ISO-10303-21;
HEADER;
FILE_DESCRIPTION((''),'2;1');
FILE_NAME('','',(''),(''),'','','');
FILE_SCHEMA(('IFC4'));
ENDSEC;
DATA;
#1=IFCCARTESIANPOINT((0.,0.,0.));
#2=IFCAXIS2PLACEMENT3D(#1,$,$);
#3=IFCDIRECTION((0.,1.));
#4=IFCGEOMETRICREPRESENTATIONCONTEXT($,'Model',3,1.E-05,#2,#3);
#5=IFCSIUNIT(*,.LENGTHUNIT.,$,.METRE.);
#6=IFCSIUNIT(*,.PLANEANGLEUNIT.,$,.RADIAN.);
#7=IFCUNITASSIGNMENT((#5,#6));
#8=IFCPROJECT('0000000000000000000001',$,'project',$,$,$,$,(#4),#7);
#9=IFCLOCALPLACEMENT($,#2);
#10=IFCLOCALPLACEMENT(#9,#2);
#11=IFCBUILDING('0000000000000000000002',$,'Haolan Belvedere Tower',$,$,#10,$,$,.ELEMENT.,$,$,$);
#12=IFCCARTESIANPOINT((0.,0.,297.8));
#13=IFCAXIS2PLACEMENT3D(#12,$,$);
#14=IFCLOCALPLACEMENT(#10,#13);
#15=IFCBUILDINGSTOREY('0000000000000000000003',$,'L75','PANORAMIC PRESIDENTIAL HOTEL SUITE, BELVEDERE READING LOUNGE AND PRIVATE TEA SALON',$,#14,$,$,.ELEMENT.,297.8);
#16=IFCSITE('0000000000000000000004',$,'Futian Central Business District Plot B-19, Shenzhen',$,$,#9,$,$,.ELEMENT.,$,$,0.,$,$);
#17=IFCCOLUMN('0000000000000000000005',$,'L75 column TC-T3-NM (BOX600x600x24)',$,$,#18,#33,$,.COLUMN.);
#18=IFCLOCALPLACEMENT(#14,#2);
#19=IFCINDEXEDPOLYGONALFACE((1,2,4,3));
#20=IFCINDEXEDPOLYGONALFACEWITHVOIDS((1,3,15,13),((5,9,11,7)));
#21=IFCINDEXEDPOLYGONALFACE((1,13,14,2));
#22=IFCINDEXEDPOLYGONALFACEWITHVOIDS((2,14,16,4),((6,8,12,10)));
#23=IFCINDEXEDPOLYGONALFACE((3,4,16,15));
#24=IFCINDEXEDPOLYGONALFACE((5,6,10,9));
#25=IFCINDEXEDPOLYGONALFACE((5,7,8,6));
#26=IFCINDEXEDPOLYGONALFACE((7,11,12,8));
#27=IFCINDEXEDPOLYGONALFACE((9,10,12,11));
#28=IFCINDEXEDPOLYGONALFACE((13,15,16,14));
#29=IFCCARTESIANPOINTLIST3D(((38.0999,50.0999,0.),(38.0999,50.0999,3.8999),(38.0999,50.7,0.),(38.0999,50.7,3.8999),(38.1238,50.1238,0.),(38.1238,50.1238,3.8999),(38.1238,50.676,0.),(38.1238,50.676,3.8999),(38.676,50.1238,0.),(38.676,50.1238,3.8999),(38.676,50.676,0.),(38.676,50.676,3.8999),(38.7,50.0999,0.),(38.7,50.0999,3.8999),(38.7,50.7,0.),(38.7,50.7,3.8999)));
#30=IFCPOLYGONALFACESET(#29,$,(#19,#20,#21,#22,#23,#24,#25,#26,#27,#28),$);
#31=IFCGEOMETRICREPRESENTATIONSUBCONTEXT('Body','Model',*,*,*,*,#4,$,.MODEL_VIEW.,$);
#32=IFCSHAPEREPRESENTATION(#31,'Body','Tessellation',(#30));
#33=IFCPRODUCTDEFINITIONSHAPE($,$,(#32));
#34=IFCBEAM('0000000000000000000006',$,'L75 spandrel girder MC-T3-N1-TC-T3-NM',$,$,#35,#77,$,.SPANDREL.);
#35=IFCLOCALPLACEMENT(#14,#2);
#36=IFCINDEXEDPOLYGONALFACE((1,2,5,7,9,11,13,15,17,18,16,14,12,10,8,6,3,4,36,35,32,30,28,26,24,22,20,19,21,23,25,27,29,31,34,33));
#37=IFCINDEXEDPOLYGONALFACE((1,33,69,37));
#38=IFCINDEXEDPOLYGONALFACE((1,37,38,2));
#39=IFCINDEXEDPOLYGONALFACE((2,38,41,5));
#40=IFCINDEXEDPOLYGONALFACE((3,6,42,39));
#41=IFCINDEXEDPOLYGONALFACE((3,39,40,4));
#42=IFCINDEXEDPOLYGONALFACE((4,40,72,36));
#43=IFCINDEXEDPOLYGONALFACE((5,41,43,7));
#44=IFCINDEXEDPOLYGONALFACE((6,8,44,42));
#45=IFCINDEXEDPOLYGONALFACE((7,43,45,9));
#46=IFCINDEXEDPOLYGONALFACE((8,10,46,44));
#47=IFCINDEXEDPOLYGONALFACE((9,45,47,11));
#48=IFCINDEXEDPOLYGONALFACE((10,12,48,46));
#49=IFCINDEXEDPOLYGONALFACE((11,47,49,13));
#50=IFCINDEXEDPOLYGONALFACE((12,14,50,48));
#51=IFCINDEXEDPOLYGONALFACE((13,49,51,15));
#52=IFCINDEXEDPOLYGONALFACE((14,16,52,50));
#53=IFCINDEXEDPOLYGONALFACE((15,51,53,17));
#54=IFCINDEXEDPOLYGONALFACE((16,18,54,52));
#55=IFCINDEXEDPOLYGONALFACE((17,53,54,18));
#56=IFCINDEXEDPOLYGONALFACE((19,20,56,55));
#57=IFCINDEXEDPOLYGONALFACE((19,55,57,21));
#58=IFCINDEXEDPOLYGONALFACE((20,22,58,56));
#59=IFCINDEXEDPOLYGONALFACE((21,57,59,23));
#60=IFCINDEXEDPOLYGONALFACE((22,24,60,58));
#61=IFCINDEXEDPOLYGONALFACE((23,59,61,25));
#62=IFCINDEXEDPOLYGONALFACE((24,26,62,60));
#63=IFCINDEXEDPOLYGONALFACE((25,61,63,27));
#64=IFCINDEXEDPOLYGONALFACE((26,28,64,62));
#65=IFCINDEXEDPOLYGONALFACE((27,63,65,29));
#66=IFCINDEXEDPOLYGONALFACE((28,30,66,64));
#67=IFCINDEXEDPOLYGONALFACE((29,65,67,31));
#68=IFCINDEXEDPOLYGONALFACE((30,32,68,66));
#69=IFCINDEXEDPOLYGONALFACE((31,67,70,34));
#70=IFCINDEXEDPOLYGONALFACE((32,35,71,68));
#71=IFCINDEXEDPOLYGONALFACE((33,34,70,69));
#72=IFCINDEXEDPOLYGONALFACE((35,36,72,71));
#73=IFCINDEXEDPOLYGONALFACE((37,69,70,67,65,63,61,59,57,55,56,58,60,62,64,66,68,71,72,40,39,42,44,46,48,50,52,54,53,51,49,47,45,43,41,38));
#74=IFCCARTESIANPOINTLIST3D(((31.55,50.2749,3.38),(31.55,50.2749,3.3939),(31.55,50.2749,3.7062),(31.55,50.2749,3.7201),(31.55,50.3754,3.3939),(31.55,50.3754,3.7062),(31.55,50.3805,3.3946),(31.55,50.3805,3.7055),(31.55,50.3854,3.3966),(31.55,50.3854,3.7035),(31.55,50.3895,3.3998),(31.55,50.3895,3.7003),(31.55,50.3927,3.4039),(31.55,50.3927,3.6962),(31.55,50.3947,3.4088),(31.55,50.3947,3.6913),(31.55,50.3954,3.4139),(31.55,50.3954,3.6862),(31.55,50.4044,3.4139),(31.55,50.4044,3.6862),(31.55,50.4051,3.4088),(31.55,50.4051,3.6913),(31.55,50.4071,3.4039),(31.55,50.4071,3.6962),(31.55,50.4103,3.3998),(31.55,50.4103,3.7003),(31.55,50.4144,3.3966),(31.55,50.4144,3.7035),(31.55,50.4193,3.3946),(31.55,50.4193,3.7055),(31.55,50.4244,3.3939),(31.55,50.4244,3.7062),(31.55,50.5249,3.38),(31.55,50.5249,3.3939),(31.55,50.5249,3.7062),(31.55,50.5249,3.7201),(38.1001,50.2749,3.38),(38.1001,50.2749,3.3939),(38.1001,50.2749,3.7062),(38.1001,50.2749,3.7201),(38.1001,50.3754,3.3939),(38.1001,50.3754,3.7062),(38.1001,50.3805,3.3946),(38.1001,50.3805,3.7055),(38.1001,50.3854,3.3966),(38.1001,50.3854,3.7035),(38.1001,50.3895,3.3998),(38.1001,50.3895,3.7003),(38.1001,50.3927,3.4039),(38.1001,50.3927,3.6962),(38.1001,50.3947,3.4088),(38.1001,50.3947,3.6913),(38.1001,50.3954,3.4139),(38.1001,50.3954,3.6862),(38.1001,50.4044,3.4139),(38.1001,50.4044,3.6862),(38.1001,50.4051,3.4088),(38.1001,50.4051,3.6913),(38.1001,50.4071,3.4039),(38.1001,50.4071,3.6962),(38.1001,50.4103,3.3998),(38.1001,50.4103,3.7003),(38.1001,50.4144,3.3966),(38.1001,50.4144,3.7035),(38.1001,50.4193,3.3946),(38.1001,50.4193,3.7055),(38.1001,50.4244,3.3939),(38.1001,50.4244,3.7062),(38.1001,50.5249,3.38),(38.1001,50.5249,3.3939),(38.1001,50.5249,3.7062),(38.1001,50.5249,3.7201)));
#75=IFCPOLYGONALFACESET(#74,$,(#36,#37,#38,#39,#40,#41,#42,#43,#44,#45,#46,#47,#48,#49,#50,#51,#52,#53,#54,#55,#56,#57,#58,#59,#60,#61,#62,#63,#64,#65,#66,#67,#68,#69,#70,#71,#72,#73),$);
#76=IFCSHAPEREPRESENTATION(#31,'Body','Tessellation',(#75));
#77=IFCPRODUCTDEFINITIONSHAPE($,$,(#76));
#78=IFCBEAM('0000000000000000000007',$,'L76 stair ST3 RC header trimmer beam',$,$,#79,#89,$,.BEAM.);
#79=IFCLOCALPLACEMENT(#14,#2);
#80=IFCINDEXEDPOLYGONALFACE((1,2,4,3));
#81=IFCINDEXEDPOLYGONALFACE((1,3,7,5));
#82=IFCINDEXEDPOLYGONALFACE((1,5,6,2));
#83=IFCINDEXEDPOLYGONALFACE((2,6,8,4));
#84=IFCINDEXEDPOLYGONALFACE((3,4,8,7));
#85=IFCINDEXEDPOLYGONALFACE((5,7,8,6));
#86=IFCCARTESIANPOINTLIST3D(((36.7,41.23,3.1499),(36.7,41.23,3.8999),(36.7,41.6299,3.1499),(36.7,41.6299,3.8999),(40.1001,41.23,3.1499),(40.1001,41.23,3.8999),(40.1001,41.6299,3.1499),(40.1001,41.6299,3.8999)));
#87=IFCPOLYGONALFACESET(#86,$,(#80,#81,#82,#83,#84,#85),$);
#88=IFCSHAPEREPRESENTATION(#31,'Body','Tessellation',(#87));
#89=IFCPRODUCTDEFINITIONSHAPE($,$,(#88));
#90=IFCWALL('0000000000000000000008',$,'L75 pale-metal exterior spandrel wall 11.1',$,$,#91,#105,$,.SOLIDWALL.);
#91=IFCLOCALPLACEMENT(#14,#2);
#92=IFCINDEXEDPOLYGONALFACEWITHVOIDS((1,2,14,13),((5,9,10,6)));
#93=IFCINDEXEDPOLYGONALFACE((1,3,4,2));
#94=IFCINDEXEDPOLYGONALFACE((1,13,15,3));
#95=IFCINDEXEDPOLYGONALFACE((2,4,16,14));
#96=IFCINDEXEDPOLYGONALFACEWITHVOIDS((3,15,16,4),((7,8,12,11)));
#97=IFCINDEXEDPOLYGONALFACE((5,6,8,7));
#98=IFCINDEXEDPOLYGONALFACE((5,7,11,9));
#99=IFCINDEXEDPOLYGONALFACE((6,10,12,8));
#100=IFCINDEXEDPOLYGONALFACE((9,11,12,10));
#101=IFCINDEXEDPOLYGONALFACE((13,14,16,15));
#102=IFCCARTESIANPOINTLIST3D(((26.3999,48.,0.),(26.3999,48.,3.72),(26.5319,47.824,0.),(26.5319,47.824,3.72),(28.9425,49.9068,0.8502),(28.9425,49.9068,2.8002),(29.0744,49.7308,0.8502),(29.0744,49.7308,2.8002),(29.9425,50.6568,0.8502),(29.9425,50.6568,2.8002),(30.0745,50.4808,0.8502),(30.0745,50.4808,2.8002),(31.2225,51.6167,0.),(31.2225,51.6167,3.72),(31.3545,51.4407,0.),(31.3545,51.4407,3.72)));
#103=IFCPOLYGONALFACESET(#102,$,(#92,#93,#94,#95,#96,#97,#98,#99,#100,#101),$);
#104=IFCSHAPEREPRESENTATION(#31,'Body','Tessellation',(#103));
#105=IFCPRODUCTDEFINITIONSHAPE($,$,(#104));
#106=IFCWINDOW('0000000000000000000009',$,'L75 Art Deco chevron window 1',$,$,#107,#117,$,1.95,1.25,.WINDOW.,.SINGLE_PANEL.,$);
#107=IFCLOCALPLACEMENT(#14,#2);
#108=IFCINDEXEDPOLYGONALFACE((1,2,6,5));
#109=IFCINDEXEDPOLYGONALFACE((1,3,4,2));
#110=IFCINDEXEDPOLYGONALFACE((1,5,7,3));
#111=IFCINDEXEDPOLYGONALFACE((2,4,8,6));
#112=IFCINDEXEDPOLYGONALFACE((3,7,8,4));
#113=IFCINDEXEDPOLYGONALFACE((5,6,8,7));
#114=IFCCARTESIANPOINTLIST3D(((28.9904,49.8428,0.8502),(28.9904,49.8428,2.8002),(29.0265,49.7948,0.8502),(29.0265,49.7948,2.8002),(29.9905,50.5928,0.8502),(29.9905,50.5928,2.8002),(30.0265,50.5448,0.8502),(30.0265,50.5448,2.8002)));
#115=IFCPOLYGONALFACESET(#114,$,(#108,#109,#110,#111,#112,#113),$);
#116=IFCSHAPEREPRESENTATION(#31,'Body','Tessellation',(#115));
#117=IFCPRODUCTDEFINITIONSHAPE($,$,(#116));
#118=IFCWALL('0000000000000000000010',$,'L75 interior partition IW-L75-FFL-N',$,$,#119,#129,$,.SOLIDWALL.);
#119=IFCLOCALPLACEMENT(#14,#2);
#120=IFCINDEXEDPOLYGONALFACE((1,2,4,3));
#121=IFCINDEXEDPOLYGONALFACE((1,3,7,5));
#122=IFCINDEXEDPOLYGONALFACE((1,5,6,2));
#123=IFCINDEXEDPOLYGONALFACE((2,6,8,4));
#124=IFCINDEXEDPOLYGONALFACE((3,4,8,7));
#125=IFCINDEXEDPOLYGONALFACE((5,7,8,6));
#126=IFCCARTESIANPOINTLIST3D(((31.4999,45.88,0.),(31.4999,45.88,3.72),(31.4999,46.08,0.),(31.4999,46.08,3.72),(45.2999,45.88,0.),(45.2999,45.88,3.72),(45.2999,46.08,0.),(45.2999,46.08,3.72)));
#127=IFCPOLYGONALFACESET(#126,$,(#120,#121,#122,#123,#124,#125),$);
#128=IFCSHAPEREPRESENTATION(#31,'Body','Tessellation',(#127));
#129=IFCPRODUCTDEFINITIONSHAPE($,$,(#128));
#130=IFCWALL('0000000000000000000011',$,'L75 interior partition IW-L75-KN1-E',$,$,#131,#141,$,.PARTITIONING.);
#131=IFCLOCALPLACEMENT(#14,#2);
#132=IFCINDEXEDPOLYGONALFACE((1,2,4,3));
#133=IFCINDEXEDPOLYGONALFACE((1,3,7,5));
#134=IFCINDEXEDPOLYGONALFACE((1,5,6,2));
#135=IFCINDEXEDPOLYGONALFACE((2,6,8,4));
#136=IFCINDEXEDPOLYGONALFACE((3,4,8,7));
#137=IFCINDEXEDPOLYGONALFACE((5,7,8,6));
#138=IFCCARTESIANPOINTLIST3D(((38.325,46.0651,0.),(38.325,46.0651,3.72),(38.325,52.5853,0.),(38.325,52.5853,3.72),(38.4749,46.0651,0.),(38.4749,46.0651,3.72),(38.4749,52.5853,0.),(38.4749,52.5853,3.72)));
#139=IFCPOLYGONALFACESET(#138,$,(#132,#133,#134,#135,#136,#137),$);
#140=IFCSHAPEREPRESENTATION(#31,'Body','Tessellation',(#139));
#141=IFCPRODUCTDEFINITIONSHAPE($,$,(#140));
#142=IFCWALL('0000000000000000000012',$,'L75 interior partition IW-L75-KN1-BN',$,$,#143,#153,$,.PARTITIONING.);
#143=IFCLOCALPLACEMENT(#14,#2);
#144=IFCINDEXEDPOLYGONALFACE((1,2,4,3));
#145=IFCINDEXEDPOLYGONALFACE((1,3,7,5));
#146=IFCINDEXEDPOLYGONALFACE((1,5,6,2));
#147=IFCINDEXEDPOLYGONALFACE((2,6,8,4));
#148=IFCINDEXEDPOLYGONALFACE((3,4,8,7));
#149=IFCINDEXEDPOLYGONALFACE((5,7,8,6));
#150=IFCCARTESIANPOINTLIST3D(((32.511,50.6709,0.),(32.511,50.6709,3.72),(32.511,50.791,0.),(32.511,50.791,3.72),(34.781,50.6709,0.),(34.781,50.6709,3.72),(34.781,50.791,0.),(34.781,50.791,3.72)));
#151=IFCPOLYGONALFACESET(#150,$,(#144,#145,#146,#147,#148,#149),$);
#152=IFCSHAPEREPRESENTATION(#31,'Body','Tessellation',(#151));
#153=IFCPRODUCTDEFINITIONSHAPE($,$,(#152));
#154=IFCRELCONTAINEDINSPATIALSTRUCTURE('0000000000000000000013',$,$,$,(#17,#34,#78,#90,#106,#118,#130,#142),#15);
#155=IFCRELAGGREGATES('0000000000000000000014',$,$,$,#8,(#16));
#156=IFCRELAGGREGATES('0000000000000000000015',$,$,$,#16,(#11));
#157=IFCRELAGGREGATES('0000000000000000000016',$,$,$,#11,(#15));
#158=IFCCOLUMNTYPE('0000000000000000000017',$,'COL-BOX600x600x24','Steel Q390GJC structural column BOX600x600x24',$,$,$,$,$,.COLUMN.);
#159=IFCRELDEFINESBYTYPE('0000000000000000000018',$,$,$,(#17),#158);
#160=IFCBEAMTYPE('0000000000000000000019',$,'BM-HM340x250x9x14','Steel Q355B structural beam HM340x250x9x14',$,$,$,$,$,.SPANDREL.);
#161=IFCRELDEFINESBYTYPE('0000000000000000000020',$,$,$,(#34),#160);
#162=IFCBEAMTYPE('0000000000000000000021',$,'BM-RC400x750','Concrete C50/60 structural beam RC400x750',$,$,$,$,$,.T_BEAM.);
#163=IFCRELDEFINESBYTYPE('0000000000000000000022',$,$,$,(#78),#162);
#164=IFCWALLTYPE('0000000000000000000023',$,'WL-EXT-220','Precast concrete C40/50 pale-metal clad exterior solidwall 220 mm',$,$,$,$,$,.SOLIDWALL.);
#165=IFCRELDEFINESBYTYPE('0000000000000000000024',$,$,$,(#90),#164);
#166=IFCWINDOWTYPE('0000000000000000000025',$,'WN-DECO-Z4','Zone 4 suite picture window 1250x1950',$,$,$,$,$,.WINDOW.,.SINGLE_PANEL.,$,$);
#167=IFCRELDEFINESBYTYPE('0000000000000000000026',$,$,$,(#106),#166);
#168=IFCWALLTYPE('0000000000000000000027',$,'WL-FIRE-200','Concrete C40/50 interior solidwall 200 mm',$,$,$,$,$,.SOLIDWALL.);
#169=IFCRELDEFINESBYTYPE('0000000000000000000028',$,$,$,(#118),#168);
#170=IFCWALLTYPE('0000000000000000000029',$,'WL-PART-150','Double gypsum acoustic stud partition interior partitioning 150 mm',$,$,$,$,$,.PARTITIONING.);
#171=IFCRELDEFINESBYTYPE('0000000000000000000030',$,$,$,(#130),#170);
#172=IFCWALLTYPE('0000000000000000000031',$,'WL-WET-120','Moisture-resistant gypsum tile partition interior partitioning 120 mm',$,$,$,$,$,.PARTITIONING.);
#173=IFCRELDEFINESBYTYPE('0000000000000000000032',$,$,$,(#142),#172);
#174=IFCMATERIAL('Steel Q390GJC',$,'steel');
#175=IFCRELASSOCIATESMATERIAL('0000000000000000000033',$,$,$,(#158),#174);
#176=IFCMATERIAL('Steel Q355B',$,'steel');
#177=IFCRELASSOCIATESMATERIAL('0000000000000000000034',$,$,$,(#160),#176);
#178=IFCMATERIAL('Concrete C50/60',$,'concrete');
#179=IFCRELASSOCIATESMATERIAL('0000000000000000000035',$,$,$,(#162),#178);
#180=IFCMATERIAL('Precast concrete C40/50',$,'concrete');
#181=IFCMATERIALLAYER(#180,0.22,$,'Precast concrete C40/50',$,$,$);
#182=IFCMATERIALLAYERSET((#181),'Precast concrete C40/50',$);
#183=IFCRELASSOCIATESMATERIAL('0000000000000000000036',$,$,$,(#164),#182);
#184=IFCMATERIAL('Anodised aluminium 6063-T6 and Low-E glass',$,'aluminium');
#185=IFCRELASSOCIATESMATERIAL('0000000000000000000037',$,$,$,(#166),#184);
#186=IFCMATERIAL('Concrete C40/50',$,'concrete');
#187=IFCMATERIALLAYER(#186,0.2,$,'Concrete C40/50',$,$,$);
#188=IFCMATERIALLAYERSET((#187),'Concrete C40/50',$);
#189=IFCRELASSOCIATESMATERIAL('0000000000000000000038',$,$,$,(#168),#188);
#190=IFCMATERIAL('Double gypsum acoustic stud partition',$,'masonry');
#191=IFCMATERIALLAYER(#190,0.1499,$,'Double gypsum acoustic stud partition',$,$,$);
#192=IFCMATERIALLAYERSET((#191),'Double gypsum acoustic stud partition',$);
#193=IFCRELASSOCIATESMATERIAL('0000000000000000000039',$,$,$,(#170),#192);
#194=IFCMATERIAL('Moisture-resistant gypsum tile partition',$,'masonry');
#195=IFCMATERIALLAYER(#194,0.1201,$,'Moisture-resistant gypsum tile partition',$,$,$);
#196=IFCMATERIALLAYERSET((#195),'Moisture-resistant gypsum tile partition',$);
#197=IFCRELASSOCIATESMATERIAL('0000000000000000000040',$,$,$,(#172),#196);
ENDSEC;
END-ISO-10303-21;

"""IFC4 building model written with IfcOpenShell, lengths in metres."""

from ifc_helpers import new_model, si_unit, direction, frame, frame_2d, origin, origin_2d, place, context, subcontext, project, spatial, rectangle, hollow_rectangle, i_section, extrude, material, layer, layer_set, material_profile, profile_set, type_object, element, fill, save


model = new_model("IFC4")

# Units and contexts
model_context = context("Model", 3, precision=1e-05, world=origin(), true_north=direction((0.0, 1.0)))
body_context = subcontext(model_context, "Body", "Model", "MODEL_VIEW")
ifc_project = project(units=[si_unit("LENGTHUNIT", "METRE"), si_unit("PLANEANGLEUNIT", "RADIAN")], contexts=[model_context])

# Site, building, storey
site_placement = place(None, origin())
site = spatial("IfcSite", under=ifc_project, at=site_placement, Name="Futian Central Business District Plot B-19, Shenzhen", CompositionType="ELEMENT", RefElevation=0.0)
building_placement = place(site_placement, origin())
building = spatial("IfcBuilding", under=site, at=building_placement, Name="Haolan Belvedere Tower", CompositionType="ELEMENT")
storey_placement = place(building_placement, frame((0.0, 0.0, 297.8)))
storey = spatial("IfcBuildingStorey", under=building, at=storey_placement, Name="L75", Description="PANORAMIC PRESIDENTIAL HOTEL SUITE, BELVEDERE READING LOUNGE AND PRIVATE TEA SALON", CompositionType="ELEMENT", Elevation=297.8)

# Column
ifc_material_1 = material(Name="Steel Q390GJC", Category="steel")
ifc_material_profile_1 = material_profile(ifc_material_1, hollow_rectangle(XDim=0.6001, YDim=0.6001, WallThickness=0.0239, at=origin_2d()), Name="Steel Q390GJC")
ifc_profile_set_1 = profile_set([ifc_material_profile_1], Name="Steel Q390GJC")
column_type = type_object("IfcColumnType", Name="COL-BOX600x600x24", Description="Steel Q390GJC structural column BOX600x600x24", PredefinedType="COLUMN", material=ifc_profile_set_1)
column_placement = place(storey_placement, frame((38.3999, 50.3999, 0.0), z_axis=(0.0, 0.0, 1.0), x_axis=(1.0, 0.0, 0.0)))
element("IfcColumn", 1, at=column_placement, inside=storey, type_object=column_type, Name="L75 column TC-T3-NM (BOX600x600x24)", PredefinedType="COLUMN", context=body_context, shape_type="SweptSolid", body=[
    extrude(hollow_rectangle(XDim=0.6001, YDim=0.6001, WallThickness=0.0239, at=origin_2d()), origin(), (0.0, 0.0, 1.0), 3.8999),
])

# Beams
ifc_material_2 = material(Name="Steel Q355B", Category="steel")
ifc_material_profile_2 = material_profile(ifc_material_2, i_section(OverallWidth=0.25, OverallDepth=0.3401, WebThickness=0.009, FlangeThickness=0.0139, FilletRadius=0.02, at=origin_2d()), Name="Steel Q355B")
ifc_profile_set_2 = profile_set([ifc_material_profile_2], Name="Steel Q355B")
beam_type_1 = type_object("IfcBeamType", Name="BM-HM340x250x9x14", Description="Steel Q355B structural beam HM340x250x9x14", PredefinedType="SPANDREL", material=ifc_profile_set_2)
beam_1_placement = place(storey_placement, frame((31.55, 50.3999, 3.55), z_axis=(1.0, 0.0, 0.0), x_axis=(0.0, 1.0, 0.0)))
element("IfcBeam", 2, at=beam_1_placement, inside=storey, type_object=beam_type_1, Name="L75 spandrel girder MC-T3-N1-TC-T3-NM", PredefinedType="SPANDREL", context=body_context, shape_type="SweptSolid", body=[
    extrude(i_section(OverallWidth=0.25, OverallDepth=0.3401, WebThickness=0.009, FlangeThickness=0.0139, FilletRadius=0.02, at=origin_2d()), origin(), (0.0, 0.0, 1.0), 6.55),
])
ifc_material_3 = material(Name="Concrete C50/60", Category="concrete")
ifc_material_profile_3 = material_profile(ifc_material_3, rectangle(XDim=0.3999, YDim=0.75, at=origin_2d()), Name="Concrete C50/60")
ifc_profile_set_3 = profile_set([ifc_material_profile_3], Name="Concrete C50/60")
beam_type_2 = type_object("IfcBeamType", Name="BM-RC400x750", Description="Concrete C50/60 structural beam RC400x750", PredefinedType="T_BEAM", material=ifc_profile_set_3)
beam_2_placement = place(storey_placement, frame((36.7, 41.4299, 3.5249), z_axis=(1.0, 0.0, 0.0), x_axis=(0.0, 1.0, 0.0)))
element("IfcBeam", 3, at=beam_2_placement, inside=storey, type_object=beam_type_2, Name="L76 stair ST3 RC header trimmer beam", PredefinedType="BEAM", context=body_context, shape_type="SweptSolid", body=[
    extrude(rectangle(XDim=0.3999, YDim=0.75, at=origin_2d()), origin(), (0.0, 0.0, 1.0), 3.4001),
])

# Wall, opening, window
ifc_material_4 = material(Name="Precast concrete C40/50", Category="concrete")
ifc_layer_1 = layer(ifc_material_4, 0.22, Name="Precast concrete C40/50")
ifc_layer_set_1 = layer_set([ifc_layer_1], Name="Precast concrete C40/50")
wall_type_1 = type_object("IfcWallType", Name="WL-EXT-220", Description="Precast concrete C40/50 pale-metal clad exterior solidwall 220 mm", PredefinedType="SOLIDWALL", material=ifc_layer_set_1)
wall_1_placement = place(storey_placement, frame((31.2886, 51.5288, 0.0), z_axis=(0.0, 0.0, 1.0), x_axis=(-0.800015, -0.599981, 0.0)))
wall_1 = element("IfcWall", 4, at=wall_1_placement, inside=storey, type_object=wall_type_1, Name="L75 pale-metal exterior spandrel wall 11.1", PredefinedType="SOLIDWALL", context=body_context, shape_type="SweptSolid", body=[
    extrude(rectangle(XDim=6.0281, YDim=0.22, at=frame_2d((3.0142, 0.0))), origin(), (0.0, 0.0, 1.0), 3.72),
])
opening_1_placement = place(wall_1_placement, frame((1.6001, 0.0, 0.8501)))
opening_1 = element("IfcOpeningElement", 5, at=opening_1_placement, cuts=wall_1, PredefinedType="OPENING", context=body_context, shape_type="SweptSolid", body=[
    extrude(rectangle(XDim=1.25, YDim=1.95, at=frame_2d((0.625, 0.9751))), frame((0.0, 0.1199, 0.0), z_axis=(0.0, -1.0, 0.0), x_axis=(1.0, 0.0, 0.0)), (0.0, 0.0, 1.0), 0.24),
])
ifc_material_5 = material(Name="Anodised aluminium 6063-T6 and Low-E glass", Category="aluminium")
window_type = type_object("IfcWindowType", Name="WN-DECO-Z4", Description="Zone 4 suite picture window 1250x1950", PartitioningType="SINGLE_PANEL", PredefinedType="WINDOW", material=ifc_material_5)
window_placement = place(opening_1_placement, origin())
window = element("IfcWindow", 6, at=window_placement, inside=storey, type_object=window_type, Name="L75 Art Deco chevron window 1", OverallHeight=1.95, OverallWidth=1.25, PartitioningType="SINGLE_PANEL", PredefinedType="WINDOW", context=body_context, shape_type="SweptSolid", body=[
    extrude(rectangle(XDim=1.25, YDim=1.95, at=frame_2d((0.625, 0.9751))), frame((0.0, 0.03, 0.0), z_axis=(0.0, -1.0, 0.0), x_axis=(1.0, 0.0, 0.0)), (0.0, 0.0, 1.0), 0.0601),
])
fill(opening_1, window)

# Wall
ifc_material_6 = material(Name="Concrete C40/50", Category="concrete")
ifc_layer_2 = layer(ifc_material_6, 0.2, Name="Concrete C40/50")
ifc_layer_set_2 = layer_set([ifc_layer_2], Name="Concrete C40/50")
wall_type_2 = type_object("IfcWallType", Name="WL-FIRE-200", Description="Concrete C40/50 interior solidwall 200 mm", PredefinedType="SOLIDWALL", material=ifc_layer_set_2)
wall_2_placement = place(storey_placement, frame((31.5, 45.98, 0.0), z_axis=(0.0, 0.0, 1.0), x_axis=(1.0, 0.0, 0.0)))
element("IfcWall", 7, at=wall_2_placement, inside=storey, type_object=wall_type_2, Name="L75 interior partition IW-L75-FFL-N", PredefinedType="SOLIDWALL", context=body_context, shape_type="SweptSolid", body=[
    extrude(rectangle(XDim=13.8, YDim=0.2, at=frame_2d((6.8999, 0.0))), origin(), (0.0, 0.0, 1.0), 3.72),
])

# Walls
ifc_material_7 = material(Name="Double gypsum acoustic stud partition", Category="masonry")
ifc_layer_3 = layer(ifc_material_7, 0.1499, Name="Double gypsum acoustic stud partition")
ifc_layer_set_3 = layer_set([ifc_layer_3], Name="Double gypsum acoustic stud partition")
wall_type_3 = type_object("IfcWallType", Name="WL-PART-150", Description="Double gypsum acoustic stud partition interior partitioning 150 mm", PredefinedType="PARTITIONING", material=ifc_layer_set_3)
wall_3_placement = place(storey_placement, frame((38.3999, 46.0649, 0.0), z_axis=(0.0, 0.0, 1.0), x_axis=(0.0, 1.0, 0.0)))
element("IfcWall", 8, at=wall_3_placement, inside=storey, type_object=wall_type_3, Name="L75 interior partition IW-L75-KN1-E", PredefinedType="PARTITIONING", context=body_context, shape_type="SweptSolid", body=[
    extrude(rectangle(XDim=6.5203, YDim=0.1499, at=frame_2d((3.2603, 0.0))), origin(), (0.0, 0.0, 1.0), 3.72),
])
ifc_material_8 = material(Name="Moisture-resistant gypsum tile partition", Category="masonry")
ifc_layer_4 = layer(ifc_material_8, 0.1201, Name="Moisture-resistant gypsum tile partition")
ifc_layer_set_4 = layer_set([ifc_layer_4], Name="Moisture-resistant gypsum tile partition")
wall_type_4 = type_object("IfcWallType", Name="WL-WET-120", Description="Moisture-resistant gypsum tile partition interior partitioning 120 mm", PredefinedType="PARTITIONING", material=ifc_layer_set_4)
wall_4_placement = place(storey_placement, frame((32.511, 50.731, 0.0), z_axis=(0.0, 0.0, 1.0), x_axis=(1.0, 0.0, 0.0)))
element("IfcWall", 9, at=wall_4_placement, inside=storey, type_object=wall_type_4, Name="L75 interior partition IW-L75-KN1-BN", PredefinedType="PARTITIONING", context=body_context, shape_type="SweptSolid", body=[
    extrude(rectangle(XDim=2.27, YDim=0.1201, at=frame_2d((1.135, 0.0))), origin(), (0.0, 0.0, 1.0), 3.72),
])

save(model, "model.ifc")
